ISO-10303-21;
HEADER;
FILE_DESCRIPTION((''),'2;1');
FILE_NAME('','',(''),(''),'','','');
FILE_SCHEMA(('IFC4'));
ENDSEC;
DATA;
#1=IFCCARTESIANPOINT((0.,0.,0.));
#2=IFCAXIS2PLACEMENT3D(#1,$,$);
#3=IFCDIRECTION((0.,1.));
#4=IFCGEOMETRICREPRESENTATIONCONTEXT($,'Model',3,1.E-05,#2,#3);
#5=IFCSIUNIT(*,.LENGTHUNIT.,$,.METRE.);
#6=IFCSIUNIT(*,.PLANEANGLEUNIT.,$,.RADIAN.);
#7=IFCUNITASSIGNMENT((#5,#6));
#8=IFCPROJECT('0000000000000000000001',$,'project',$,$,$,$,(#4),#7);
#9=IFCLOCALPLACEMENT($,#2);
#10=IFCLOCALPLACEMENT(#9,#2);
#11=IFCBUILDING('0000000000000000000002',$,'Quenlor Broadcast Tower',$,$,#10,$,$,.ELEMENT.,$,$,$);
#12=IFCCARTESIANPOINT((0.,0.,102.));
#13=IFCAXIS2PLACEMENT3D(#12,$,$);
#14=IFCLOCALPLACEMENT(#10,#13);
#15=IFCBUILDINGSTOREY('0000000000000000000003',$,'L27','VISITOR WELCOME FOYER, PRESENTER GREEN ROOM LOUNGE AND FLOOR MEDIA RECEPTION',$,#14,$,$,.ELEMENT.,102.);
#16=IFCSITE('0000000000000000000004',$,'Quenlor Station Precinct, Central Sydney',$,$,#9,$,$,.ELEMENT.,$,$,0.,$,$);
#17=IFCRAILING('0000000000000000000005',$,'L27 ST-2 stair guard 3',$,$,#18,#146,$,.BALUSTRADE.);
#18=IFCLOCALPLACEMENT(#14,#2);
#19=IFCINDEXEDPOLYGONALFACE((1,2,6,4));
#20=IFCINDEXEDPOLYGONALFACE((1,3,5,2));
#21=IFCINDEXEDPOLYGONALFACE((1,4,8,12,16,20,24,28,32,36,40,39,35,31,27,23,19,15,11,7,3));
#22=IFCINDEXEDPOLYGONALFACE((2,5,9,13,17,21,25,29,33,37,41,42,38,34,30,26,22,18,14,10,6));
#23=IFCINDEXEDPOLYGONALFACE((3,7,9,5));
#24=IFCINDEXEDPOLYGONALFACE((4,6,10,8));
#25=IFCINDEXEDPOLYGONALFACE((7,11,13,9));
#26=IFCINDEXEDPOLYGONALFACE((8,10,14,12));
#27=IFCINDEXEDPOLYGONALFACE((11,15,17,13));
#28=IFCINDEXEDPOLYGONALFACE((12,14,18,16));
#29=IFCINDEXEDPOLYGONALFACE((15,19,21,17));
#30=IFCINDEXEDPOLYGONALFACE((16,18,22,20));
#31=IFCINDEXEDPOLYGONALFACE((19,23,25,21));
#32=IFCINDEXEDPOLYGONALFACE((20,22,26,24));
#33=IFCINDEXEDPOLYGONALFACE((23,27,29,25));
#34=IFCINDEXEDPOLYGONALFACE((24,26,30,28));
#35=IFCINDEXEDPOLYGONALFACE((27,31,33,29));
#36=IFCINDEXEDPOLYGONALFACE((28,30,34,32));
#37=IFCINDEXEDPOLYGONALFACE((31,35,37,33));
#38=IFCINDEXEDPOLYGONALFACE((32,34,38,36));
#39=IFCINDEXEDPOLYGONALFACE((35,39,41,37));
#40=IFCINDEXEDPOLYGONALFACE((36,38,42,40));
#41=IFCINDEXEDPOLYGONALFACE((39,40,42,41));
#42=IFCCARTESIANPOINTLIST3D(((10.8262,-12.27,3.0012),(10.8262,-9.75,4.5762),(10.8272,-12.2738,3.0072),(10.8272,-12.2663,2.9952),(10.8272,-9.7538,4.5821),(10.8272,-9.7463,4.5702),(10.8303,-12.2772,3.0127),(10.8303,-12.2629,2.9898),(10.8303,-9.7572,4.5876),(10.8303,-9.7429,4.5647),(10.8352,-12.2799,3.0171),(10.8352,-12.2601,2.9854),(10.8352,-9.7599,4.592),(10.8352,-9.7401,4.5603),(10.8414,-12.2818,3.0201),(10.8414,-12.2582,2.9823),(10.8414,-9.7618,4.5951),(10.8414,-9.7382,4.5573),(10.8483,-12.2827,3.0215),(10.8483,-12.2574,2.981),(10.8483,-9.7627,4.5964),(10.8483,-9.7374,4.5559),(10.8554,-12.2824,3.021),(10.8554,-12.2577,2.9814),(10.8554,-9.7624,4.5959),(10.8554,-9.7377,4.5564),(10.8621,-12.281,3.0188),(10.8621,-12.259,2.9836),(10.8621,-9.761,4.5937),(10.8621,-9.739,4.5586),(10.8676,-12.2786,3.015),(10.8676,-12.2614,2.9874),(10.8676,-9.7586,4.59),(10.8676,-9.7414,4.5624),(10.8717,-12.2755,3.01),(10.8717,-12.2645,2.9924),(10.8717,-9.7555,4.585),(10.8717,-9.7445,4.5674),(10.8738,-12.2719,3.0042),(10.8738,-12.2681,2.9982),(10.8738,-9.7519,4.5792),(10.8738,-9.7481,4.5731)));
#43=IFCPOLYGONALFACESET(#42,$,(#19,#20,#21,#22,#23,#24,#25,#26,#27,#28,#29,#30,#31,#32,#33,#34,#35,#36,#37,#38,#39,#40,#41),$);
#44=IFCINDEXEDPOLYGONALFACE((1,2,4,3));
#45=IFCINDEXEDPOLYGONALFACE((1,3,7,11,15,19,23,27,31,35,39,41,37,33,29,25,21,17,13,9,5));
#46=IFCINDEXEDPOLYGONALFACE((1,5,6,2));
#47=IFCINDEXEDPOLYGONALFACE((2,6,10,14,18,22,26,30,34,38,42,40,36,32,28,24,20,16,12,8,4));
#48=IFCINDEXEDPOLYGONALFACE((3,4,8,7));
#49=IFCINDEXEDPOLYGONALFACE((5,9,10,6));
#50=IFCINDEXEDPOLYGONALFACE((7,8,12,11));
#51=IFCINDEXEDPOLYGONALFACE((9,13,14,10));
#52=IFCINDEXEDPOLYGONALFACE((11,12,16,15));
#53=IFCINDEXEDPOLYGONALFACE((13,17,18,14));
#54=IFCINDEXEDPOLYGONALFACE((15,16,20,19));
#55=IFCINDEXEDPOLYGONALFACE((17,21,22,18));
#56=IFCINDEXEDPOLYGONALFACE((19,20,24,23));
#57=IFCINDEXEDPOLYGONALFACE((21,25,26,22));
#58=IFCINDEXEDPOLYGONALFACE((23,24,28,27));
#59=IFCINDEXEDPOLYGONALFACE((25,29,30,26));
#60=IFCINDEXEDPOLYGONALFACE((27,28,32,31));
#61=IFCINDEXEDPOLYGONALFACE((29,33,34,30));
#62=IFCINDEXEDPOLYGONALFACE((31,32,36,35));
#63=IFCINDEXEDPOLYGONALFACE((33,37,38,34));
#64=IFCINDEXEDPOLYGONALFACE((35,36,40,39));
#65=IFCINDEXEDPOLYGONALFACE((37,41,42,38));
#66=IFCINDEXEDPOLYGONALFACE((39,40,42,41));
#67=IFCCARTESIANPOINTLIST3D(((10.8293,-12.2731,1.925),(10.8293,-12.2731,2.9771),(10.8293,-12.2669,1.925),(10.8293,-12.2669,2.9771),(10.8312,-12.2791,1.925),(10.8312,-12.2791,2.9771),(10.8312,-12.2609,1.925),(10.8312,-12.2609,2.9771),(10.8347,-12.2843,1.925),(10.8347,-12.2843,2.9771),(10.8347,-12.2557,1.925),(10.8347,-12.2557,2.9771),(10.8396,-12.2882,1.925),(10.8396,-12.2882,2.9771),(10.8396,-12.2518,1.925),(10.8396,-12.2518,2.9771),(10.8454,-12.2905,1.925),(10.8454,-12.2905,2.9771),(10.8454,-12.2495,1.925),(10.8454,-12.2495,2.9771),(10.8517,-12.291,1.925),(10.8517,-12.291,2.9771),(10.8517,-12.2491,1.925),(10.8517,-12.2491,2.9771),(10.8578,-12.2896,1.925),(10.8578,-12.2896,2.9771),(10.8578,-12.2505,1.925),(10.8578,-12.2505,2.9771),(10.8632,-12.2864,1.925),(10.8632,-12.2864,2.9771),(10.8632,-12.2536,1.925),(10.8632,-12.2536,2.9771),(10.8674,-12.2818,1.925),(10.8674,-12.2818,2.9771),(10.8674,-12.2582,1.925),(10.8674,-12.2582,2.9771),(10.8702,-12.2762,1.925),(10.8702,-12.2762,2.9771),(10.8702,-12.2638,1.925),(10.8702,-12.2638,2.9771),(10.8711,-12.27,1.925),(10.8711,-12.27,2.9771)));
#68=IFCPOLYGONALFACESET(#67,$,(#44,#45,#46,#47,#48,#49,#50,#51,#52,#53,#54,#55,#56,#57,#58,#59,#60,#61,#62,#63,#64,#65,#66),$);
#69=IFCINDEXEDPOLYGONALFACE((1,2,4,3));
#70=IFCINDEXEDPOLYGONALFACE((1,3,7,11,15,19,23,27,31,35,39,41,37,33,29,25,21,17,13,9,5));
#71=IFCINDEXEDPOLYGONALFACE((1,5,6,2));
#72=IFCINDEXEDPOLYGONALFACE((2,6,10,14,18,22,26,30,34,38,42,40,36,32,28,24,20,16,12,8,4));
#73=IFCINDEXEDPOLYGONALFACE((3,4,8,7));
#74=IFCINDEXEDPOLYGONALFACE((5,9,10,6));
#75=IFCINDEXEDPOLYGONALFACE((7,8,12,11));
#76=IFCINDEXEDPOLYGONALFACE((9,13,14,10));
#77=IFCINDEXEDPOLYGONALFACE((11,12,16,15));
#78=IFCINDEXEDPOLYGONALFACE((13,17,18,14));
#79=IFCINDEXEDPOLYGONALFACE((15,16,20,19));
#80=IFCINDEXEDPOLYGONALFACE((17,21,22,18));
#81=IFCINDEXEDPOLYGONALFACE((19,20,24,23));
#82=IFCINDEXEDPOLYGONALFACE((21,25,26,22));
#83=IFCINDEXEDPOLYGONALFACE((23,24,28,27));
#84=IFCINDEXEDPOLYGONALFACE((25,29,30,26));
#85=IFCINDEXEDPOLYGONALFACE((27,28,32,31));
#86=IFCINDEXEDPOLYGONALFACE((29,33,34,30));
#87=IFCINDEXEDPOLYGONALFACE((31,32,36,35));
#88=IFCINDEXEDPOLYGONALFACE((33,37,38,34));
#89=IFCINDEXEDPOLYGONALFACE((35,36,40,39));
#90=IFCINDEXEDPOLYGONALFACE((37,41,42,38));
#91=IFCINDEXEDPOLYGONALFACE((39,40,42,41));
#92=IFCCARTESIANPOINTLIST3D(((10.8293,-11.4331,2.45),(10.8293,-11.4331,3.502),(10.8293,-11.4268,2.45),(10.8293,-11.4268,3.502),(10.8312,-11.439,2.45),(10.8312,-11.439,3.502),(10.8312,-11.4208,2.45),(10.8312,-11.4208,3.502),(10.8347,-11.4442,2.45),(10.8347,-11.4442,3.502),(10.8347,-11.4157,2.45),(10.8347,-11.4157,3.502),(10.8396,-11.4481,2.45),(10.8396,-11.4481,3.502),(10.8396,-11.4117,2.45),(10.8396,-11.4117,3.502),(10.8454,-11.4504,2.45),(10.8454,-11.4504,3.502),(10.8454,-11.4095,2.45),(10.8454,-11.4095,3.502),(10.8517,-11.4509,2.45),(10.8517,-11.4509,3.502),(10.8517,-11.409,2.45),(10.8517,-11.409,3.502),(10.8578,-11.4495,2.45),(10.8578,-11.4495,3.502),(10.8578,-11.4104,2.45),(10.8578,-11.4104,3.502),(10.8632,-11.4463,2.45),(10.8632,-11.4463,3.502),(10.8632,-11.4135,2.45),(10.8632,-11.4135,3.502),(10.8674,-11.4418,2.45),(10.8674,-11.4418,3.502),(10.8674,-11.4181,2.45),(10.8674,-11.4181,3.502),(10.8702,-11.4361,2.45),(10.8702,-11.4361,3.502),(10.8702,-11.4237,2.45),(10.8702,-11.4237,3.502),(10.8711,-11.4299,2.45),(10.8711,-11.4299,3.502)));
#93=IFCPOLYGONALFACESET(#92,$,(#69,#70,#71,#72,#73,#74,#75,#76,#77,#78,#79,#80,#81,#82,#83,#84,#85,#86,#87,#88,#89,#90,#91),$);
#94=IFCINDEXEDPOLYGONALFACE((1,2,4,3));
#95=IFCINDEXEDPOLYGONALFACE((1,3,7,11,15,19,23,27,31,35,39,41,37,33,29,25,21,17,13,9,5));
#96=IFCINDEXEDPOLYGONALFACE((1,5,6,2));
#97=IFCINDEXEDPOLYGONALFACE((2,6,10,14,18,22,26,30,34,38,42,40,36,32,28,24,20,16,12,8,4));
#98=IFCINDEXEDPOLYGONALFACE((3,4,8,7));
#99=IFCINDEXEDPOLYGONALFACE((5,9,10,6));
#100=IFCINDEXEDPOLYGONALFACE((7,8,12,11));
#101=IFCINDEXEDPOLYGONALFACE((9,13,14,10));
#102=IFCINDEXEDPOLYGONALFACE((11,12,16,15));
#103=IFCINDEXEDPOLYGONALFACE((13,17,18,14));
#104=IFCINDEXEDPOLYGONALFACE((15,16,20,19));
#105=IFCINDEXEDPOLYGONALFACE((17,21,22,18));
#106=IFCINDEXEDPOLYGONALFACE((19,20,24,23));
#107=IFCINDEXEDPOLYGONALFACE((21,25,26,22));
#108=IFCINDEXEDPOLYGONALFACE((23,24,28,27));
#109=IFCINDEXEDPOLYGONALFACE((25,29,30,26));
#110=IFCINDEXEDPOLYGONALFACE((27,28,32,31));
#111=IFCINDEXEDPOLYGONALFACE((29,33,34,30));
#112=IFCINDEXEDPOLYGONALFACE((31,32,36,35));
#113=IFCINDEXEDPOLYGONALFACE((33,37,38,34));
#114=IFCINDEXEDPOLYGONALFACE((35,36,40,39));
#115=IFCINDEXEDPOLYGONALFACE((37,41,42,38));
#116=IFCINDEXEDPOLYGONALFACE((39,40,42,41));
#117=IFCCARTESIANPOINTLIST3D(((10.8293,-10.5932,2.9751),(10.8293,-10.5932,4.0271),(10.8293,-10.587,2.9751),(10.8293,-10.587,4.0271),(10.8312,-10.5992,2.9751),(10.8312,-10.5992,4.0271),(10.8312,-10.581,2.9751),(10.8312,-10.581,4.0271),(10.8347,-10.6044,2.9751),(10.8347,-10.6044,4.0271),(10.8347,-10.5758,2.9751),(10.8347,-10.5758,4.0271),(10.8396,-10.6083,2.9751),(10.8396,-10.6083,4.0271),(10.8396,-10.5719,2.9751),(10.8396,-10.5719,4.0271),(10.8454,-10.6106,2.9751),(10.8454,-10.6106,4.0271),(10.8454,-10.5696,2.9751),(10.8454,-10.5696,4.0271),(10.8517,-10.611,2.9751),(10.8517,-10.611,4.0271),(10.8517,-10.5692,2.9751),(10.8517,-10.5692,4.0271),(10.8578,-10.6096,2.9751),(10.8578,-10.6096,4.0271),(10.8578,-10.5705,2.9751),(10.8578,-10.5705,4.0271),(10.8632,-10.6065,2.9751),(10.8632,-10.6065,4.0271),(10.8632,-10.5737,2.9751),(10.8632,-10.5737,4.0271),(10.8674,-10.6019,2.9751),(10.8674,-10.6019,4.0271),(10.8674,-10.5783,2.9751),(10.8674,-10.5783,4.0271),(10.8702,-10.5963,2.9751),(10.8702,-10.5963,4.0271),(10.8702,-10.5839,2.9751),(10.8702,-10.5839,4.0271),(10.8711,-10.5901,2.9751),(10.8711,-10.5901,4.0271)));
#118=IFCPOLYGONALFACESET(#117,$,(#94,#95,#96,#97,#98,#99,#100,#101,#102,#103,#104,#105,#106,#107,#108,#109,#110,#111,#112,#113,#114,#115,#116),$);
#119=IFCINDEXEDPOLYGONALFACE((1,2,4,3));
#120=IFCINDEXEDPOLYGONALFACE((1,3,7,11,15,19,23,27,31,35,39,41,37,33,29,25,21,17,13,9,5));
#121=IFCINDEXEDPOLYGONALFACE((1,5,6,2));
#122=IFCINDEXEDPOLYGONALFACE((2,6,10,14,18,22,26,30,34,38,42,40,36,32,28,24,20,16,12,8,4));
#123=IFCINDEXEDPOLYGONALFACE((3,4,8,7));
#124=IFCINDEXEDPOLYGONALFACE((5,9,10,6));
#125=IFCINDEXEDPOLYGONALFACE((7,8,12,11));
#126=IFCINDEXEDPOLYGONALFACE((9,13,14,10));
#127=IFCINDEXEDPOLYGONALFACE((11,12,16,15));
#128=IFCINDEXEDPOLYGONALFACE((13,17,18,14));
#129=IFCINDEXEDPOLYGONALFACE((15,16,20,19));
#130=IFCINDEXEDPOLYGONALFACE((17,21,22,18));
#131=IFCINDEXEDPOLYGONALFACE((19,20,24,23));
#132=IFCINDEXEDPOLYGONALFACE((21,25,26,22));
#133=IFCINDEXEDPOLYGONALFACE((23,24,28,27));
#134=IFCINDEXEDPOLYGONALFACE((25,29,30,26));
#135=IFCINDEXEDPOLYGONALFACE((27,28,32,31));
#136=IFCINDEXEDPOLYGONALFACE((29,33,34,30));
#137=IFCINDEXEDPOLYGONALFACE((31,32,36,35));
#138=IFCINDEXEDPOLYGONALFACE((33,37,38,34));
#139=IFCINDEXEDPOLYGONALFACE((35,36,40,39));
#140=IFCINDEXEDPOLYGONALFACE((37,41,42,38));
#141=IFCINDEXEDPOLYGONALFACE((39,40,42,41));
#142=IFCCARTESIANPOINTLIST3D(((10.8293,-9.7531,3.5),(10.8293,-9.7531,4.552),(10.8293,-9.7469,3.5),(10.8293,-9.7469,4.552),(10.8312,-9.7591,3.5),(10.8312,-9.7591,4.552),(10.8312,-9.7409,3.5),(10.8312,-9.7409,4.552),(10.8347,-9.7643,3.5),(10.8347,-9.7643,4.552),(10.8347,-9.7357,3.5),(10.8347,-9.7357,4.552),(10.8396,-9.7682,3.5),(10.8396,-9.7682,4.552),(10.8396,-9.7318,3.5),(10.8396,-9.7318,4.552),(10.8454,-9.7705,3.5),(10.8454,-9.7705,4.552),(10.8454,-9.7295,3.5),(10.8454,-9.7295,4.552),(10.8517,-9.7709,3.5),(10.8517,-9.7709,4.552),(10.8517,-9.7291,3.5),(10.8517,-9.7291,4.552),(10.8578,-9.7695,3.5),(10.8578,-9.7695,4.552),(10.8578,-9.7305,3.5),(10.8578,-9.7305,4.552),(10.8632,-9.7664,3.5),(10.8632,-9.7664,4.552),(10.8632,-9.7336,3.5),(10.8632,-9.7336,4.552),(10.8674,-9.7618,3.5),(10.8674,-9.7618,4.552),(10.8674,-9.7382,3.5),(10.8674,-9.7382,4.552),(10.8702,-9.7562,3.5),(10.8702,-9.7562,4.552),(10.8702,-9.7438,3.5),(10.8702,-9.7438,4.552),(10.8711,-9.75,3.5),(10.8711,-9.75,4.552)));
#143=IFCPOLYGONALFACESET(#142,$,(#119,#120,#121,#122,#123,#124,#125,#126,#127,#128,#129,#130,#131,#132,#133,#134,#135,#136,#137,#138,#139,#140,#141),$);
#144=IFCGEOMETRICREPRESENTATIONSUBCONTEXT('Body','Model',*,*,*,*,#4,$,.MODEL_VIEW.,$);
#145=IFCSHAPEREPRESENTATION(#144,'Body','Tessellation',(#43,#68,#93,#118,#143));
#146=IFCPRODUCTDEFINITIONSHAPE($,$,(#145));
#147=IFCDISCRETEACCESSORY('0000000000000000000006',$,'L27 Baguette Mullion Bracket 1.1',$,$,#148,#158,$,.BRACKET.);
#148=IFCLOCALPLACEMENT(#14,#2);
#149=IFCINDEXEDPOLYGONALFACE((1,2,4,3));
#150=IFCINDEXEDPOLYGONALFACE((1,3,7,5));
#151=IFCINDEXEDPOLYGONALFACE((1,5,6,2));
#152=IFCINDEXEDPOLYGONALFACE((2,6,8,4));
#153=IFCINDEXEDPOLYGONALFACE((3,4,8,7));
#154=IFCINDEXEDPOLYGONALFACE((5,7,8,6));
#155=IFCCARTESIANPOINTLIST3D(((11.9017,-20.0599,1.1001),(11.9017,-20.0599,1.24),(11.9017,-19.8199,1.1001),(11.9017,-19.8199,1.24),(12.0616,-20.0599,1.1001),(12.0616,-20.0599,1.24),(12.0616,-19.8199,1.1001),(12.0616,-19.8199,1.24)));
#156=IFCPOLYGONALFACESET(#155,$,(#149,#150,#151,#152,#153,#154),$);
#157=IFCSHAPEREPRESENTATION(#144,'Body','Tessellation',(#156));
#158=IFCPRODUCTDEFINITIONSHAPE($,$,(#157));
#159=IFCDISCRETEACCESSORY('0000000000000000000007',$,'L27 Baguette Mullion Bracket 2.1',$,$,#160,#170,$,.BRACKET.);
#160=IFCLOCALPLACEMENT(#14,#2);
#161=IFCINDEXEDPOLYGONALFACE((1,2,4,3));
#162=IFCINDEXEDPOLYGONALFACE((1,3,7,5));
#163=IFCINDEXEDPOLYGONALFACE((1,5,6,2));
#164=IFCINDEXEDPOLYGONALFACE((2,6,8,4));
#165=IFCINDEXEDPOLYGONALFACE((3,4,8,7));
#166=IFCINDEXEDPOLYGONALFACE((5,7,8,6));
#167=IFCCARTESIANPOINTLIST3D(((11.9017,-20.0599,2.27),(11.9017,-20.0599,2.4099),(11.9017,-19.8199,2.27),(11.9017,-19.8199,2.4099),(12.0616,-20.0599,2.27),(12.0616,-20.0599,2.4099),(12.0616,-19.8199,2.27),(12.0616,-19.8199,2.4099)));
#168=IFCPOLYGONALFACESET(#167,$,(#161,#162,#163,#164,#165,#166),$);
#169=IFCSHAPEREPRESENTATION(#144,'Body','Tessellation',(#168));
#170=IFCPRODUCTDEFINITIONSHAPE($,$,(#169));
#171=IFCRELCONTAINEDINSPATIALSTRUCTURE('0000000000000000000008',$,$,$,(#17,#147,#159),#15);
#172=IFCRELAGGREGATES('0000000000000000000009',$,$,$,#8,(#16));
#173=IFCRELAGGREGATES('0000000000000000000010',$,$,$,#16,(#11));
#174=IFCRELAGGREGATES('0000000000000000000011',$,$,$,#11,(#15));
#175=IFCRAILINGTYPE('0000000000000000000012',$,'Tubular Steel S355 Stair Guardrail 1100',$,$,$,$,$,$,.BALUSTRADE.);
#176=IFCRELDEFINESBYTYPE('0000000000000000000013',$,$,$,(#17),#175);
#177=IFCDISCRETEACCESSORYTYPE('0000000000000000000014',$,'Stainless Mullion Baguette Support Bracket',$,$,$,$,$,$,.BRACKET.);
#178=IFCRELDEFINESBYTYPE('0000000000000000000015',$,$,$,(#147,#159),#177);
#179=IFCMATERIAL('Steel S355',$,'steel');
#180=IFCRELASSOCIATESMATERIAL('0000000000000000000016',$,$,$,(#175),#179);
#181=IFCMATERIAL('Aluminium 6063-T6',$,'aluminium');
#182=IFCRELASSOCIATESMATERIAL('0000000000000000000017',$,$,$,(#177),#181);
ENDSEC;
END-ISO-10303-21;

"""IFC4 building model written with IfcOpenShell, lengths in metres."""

from ifc_helpers import new_model, si_unit, direction, frame, origin, origin_2d, place, context, subcontext, project, spatial, rectangle, circle, extrude, material, type_object, element, save


model = new_model("IFC4")

# Units and contexts
model_context = context("Model", 3, precision=1e-05, world=origin(), true_north=direction((0.0, 1.0)))
body_context = subcontext(model_context, "Body", "Model", "MODEL_VIEW")
ifc_project = project(units=[si_unit("LENGTHUNIT", "METRE"), si_unit("PLANEANGLEUNIT", "RADIAN")], contexts=[model_context])

# Site, building, storey
site_placement = place(None, origin())
site = spatial("IfcSite", under=ifc_project, at=site_placement, Name="Quenlor Station Precinct, Central Sydney", CompositionType="ELEMENT", RefElevation=0.0)
building_placement = place(site_placement, origin())
building = spatial("IfcBuilding", under=site, at=building_placement, Name="Quenlor Broadcast Tower", CompositionType="ELEMENT")
storey_placement = place(building_placement, frame((0.0, 0.0, 102.0)))
storey = spatial("IfcBuildingStorey", under=building, at=storey_placement, Name="L27", Description="VISITOR WELCOME FOYER, PRESENTER GREEN ROOM LOUNGE AND FLOOR MEDIA RECEPTION", CompositionType="ELEMENT", Elevation=102.0)

# Railing
ifc_material_1 = material(Name="Steel S355", Category="steel")
railing_type = type_object("IfcRailingType", Name="Tubular Steel S355 Stair Guardrail 1100", PredefinedType="BALUSTRADE", material=ifc_material_1)
railing_placement = place(storey_placement, frame((10.8501, -12.27, 1.925)))
element("IfcRailing", 1, at=railing_placement, inside=storey, type_object=railing_type, Name="L27 ST-2 stair guard 3", PredefinedType="BALUSTRADE", context=body_context, shape_type="SweptSolid", body=[
    extrude(circle(Radius=0.0239, at=origin_2d()), frame((0.0, 0.0, 1.0762), z_axis=(0.0, 0.848008, 0.529984), x_axis=(-1.0, 0.0, 0.0)), (0.0, 0.0, 1.0), 2.9717),
    extrude(circle(Radius=0.021, at=origin_2d()), origin(), (0.0, 0.0, 1.0), 1.052),
    extrude(circle(Radius=0.021, at=origin_2d()), frame((0.0, 0.8401, 0.5249)), (0.0, 0.0, 1.0), 1.052),
    extrude(circle(Radius=0.021, at=origin_2d()), frame((0.0, 1.6799, 1.05)), (0.0, 0.0, 1.0), 1.052),
    extrude(circle(Radius=0.021, at=origin_2d()), frame((0.0, 2.52, 1.575)), (0.0, 0.0, 1.0), 1.052),
])

# Discrete accessories
ifc_material_2 = material(Name="Aluminium 6063-T6", Category="aluminium")
discrete_accessory_type = type_object("IfcDiscreteAccessoryType", Name="Stainless Mullion Baguette Support Bracket", PredefinedType="BRACKET", material=ifc_material_2)
for number, where, z_axis, x_axis, name in (
    (2, (11.9817, -19.9399, 1.1001), (0.0, 0.0, 1.0), (-1.0, 0.0, 0.0), "L27 Baguette Mullion Bracket 1.1"),
    (3, (11.9817, -19.9399, 2.27), (0.0, 0.0, 1.0), (-1.0, 0.0, 0.0), "L27 Baguette Mullion Bracket 2.1"),
):
    element("IfcDiscreteAccessory", number, at=place(storey_placement, frame(where, z_axis=z_axis, x_axis=x_axis)), inside=storey, type_object=discrete_accessory_type, Name=name, PredefinedType="BRACKET", context=body_context, shape_type="SweptSolid", body=[
        extrude(rectangle(XDim=0.1599, YDim=0.24, at=origin_2d()), origin(), (0.0, 0.0, 1.0), 0.1399),
    ])

save(model, "model.ifc")
